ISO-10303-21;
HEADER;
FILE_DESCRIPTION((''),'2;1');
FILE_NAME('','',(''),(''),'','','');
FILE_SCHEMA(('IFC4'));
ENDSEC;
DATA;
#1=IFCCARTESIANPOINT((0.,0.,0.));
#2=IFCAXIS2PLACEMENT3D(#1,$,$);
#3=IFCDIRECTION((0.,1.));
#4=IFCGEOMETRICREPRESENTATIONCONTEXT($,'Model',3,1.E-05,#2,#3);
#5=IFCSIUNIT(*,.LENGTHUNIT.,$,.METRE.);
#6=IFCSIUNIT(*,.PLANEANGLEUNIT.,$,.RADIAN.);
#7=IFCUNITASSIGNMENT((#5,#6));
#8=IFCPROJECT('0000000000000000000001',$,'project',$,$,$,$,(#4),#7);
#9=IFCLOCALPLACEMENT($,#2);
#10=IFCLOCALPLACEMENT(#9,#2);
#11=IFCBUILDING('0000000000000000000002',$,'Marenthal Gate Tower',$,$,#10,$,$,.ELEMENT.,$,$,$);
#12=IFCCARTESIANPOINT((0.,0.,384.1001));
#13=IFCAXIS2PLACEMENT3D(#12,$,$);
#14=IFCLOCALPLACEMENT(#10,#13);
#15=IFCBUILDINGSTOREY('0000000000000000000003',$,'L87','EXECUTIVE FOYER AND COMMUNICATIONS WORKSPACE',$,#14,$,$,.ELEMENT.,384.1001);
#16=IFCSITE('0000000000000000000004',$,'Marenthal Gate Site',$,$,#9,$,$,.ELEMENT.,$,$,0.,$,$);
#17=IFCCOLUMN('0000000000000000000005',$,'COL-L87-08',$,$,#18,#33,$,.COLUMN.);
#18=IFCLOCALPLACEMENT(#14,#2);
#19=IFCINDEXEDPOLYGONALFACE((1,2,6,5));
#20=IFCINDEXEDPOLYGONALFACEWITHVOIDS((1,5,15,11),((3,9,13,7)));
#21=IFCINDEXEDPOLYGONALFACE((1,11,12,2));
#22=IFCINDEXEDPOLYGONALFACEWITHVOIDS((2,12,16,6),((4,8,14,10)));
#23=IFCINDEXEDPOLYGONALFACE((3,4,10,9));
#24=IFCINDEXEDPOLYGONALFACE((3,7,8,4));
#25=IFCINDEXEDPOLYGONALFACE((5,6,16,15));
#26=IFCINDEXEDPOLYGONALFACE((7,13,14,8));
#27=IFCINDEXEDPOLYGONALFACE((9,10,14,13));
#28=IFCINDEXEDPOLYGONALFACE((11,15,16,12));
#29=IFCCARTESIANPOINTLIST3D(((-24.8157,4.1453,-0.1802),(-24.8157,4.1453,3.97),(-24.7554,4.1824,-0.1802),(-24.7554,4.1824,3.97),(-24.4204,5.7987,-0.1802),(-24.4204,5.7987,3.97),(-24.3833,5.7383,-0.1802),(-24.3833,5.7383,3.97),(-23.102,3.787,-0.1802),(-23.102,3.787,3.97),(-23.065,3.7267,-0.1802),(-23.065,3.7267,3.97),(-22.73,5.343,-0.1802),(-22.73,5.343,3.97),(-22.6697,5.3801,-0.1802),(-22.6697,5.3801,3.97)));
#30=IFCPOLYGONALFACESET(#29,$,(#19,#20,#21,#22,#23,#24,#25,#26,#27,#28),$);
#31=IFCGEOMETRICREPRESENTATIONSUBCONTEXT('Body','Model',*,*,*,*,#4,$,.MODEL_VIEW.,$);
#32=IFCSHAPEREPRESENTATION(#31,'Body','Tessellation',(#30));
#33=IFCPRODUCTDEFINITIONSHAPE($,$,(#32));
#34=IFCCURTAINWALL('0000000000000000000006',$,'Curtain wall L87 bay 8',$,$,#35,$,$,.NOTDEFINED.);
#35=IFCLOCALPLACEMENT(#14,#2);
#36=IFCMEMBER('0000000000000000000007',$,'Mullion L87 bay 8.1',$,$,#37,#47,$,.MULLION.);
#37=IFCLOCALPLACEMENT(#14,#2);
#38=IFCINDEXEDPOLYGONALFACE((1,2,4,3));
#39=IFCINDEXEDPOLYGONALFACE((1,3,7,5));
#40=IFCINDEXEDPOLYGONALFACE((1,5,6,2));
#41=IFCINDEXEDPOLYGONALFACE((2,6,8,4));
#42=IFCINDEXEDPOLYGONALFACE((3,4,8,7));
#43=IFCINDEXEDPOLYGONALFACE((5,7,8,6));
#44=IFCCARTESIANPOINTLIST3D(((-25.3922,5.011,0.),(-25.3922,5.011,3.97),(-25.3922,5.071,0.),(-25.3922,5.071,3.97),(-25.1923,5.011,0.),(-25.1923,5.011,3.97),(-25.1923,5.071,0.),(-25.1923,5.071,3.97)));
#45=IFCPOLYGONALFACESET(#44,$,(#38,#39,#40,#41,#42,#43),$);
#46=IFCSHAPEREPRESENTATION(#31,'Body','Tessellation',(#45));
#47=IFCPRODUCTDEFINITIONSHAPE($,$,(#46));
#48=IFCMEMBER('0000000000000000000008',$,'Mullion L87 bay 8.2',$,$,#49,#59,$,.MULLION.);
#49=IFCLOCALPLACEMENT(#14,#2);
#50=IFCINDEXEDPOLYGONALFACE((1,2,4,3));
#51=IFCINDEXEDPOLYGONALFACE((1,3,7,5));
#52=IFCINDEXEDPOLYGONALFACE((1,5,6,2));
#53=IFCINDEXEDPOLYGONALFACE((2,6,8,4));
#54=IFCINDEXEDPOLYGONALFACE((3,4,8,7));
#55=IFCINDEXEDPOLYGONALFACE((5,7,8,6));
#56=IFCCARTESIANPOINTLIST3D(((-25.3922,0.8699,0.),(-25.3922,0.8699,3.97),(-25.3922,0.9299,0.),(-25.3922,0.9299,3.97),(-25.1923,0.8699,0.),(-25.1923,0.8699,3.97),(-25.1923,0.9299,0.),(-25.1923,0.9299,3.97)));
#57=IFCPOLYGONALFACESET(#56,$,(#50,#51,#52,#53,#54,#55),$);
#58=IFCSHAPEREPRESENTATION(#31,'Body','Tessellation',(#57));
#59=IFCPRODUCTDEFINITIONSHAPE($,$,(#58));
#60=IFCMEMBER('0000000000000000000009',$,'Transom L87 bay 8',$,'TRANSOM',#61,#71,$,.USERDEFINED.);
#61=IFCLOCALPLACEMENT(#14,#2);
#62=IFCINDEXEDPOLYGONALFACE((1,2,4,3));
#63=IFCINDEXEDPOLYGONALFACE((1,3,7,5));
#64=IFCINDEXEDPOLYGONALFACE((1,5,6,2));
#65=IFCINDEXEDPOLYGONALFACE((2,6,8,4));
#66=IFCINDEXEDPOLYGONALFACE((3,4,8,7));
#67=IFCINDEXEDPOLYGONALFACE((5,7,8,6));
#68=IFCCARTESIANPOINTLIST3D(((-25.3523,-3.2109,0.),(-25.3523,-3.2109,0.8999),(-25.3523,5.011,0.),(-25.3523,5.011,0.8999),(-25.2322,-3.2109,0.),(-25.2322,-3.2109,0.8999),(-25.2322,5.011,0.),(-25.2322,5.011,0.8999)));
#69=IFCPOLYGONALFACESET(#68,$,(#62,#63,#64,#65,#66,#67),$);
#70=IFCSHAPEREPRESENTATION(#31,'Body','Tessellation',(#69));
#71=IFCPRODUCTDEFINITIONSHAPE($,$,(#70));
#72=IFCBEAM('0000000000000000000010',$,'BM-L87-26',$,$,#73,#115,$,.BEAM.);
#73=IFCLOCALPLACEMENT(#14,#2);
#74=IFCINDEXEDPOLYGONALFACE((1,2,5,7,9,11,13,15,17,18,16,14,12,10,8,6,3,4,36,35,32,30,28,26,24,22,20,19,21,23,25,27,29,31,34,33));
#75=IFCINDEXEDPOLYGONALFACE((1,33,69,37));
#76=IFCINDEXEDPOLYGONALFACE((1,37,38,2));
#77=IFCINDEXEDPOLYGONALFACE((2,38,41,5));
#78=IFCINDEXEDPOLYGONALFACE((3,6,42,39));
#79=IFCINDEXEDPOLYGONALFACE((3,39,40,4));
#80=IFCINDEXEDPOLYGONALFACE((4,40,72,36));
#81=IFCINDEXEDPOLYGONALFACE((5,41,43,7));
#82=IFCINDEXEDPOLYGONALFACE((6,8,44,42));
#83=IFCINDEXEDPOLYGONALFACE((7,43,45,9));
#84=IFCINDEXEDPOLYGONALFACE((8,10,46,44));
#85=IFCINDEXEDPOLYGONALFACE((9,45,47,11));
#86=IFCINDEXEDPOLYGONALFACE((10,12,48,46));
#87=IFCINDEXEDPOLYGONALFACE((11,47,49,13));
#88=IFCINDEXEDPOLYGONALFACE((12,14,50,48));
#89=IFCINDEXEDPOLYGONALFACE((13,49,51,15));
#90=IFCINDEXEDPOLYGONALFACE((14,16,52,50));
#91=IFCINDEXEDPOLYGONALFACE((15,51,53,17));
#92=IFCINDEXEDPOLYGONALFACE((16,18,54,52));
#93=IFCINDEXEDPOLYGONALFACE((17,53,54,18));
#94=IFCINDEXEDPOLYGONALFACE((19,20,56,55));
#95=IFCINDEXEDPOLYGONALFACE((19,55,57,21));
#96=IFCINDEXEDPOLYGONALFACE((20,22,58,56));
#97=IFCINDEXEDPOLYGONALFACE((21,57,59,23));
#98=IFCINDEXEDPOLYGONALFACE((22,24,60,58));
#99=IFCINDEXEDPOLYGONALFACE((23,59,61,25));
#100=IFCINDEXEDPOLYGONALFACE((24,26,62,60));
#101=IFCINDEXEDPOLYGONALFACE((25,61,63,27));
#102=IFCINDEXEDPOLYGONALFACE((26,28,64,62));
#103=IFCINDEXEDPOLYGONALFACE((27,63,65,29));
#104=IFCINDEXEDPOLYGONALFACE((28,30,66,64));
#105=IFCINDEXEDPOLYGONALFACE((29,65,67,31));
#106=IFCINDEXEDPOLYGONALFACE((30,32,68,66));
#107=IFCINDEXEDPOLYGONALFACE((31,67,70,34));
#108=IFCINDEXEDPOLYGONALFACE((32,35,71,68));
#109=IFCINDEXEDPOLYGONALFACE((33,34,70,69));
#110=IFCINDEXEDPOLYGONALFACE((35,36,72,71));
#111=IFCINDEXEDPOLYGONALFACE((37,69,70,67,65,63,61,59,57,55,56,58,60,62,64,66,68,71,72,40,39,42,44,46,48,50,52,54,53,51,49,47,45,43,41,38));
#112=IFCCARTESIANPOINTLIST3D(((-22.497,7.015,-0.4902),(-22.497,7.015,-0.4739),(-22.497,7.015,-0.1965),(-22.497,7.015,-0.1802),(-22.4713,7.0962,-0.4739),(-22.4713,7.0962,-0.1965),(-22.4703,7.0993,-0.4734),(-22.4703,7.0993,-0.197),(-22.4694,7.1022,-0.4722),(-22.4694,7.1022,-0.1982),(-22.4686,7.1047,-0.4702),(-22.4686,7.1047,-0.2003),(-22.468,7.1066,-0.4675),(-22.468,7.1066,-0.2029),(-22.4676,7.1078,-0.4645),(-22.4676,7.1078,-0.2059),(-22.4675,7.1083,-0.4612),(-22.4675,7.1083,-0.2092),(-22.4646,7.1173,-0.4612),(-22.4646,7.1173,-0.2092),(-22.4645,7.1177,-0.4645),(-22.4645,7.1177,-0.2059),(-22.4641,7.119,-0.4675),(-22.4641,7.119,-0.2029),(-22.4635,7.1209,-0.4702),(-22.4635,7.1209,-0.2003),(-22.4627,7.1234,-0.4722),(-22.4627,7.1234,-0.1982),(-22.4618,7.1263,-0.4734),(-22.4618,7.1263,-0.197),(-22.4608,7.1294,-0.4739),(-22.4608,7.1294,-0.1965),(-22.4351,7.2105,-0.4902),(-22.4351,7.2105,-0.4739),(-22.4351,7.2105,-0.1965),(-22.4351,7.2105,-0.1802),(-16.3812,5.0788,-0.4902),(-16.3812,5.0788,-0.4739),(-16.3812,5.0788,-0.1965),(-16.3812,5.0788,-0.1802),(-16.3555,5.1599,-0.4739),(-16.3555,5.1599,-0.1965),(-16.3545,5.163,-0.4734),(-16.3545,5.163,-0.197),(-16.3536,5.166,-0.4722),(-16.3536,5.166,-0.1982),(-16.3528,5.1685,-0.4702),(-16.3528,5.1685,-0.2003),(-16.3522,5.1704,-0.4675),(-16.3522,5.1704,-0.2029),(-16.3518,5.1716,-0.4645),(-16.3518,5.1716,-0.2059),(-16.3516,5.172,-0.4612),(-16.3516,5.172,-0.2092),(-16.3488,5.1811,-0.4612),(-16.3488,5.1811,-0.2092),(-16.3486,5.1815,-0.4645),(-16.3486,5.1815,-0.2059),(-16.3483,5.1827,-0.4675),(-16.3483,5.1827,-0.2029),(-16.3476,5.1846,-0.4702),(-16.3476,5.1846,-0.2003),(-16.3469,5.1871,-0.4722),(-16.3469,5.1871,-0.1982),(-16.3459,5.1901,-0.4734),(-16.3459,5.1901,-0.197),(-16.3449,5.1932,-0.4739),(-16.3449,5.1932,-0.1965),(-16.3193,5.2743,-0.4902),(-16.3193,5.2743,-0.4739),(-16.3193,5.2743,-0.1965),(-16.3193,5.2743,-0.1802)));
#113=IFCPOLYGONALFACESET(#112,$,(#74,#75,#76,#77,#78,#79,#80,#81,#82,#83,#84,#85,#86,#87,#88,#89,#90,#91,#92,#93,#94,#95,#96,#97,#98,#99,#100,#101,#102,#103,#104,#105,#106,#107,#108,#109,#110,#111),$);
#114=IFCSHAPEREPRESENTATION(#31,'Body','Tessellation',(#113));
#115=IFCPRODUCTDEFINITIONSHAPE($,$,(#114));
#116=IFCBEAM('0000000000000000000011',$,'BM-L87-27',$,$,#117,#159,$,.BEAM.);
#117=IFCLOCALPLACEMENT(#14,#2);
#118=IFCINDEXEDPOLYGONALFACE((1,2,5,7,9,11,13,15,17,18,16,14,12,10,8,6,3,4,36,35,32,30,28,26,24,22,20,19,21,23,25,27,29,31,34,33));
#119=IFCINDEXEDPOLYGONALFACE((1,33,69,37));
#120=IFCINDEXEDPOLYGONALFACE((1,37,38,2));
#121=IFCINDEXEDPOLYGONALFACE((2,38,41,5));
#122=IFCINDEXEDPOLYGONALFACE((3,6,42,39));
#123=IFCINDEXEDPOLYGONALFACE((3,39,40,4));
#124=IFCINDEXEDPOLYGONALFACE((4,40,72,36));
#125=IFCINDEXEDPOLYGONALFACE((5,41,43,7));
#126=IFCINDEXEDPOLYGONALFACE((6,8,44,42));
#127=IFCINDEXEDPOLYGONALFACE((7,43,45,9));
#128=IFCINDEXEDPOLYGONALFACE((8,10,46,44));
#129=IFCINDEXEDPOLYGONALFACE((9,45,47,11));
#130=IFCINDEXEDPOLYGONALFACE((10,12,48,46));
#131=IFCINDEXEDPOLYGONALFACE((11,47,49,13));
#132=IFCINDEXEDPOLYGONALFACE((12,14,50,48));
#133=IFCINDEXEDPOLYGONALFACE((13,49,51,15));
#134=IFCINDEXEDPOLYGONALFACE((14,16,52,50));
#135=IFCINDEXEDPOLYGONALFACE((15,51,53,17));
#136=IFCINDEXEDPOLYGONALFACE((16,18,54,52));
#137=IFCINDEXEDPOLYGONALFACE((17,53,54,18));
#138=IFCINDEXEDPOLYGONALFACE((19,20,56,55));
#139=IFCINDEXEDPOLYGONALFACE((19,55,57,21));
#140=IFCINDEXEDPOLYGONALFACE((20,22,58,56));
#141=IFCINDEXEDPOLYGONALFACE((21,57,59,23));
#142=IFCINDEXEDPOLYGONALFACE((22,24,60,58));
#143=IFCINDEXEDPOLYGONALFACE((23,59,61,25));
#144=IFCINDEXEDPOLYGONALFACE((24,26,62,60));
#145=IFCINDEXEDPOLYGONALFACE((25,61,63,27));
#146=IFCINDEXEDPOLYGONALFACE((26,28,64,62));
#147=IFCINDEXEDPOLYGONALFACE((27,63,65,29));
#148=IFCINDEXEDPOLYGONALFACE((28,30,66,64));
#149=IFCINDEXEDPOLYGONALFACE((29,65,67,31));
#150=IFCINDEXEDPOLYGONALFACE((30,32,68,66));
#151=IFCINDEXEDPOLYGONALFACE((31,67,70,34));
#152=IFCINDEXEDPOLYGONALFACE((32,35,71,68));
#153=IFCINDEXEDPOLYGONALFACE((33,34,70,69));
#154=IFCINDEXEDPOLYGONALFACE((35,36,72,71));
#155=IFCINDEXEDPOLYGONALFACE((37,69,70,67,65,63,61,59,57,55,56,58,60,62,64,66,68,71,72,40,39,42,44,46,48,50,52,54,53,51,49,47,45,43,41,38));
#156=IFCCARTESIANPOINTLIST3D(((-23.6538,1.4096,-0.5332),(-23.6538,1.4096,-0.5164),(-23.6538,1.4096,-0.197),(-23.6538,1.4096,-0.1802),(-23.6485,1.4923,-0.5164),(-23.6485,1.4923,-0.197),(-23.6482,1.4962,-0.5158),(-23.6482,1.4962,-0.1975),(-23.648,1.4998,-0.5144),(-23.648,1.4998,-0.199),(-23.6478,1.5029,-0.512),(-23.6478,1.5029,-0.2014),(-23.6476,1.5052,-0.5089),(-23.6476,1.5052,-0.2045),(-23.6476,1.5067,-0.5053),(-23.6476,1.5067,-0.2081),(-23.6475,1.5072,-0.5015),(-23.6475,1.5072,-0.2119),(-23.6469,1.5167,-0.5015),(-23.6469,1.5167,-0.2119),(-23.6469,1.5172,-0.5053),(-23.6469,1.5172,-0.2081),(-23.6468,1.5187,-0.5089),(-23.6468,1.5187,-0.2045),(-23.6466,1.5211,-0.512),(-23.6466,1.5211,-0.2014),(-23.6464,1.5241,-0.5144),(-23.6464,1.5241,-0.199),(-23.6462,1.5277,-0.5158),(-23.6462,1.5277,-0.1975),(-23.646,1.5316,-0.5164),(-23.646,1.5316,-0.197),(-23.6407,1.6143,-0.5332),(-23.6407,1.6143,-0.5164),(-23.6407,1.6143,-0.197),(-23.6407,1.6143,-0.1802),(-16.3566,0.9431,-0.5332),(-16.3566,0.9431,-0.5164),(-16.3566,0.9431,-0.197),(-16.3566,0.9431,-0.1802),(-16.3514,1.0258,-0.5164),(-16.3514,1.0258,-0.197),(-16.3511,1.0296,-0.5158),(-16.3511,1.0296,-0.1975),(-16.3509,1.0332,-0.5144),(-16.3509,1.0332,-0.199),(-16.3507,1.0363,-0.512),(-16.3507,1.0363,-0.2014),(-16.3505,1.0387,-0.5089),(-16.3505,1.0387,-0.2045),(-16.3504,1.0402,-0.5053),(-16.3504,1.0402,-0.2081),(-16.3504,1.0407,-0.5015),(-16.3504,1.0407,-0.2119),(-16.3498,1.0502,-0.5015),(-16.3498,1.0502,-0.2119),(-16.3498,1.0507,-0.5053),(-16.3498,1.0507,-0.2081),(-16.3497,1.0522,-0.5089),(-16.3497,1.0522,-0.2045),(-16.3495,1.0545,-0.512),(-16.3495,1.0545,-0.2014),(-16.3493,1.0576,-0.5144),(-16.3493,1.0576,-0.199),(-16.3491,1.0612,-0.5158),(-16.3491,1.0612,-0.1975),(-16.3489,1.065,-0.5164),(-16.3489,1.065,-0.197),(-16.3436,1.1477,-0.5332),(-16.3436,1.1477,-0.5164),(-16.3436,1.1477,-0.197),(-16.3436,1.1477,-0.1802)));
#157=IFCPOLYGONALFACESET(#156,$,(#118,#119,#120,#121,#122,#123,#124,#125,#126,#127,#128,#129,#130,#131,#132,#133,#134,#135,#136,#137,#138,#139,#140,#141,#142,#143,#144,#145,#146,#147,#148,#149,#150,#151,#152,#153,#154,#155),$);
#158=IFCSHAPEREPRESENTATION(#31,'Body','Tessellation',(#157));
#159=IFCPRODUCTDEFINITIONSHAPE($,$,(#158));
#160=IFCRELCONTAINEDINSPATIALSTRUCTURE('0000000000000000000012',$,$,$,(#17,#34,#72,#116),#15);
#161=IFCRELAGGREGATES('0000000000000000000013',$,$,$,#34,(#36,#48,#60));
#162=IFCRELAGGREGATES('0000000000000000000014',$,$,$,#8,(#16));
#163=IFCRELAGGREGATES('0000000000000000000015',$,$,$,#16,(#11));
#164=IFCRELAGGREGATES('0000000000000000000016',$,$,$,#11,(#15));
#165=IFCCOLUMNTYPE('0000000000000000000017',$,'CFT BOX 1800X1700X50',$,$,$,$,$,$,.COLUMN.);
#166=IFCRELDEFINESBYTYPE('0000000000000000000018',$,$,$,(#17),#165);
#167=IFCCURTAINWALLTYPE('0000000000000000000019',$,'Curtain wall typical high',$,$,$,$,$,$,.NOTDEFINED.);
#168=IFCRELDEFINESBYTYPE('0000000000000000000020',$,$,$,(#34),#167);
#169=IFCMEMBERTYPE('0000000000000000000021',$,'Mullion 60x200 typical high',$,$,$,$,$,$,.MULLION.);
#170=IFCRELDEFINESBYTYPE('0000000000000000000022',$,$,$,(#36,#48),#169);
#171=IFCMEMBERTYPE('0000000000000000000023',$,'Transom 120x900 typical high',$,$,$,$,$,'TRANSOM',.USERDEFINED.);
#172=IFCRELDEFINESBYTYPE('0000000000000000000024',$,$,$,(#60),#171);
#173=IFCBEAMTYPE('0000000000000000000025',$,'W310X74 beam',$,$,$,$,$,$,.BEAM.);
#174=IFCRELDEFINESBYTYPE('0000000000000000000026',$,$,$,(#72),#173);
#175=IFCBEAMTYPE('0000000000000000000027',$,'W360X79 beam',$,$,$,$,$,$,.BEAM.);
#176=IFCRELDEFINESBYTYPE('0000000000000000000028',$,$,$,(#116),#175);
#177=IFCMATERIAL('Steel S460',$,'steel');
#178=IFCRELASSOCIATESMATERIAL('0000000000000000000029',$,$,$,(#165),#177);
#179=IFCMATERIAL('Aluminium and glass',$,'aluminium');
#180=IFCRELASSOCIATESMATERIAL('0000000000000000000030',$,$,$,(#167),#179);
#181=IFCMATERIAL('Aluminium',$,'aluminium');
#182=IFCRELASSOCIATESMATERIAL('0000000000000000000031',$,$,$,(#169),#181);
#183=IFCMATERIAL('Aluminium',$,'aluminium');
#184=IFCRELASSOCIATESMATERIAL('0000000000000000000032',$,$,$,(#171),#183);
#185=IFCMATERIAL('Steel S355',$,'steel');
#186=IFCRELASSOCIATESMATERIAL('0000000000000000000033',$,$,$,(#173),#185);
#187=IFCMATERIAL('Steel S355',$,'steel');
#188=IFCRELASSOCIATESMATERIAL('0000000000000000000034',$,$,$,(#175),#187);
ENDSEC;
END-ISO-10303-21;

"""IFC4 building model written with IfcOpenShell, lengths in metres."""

from ifc_helpers import new_model, si_unit, direction, frame, origin, origin_2d, place, context, subcontext, project, spatial, rectangle, hollow_rectangle, i_section, extrude, material, material_profile, profile_set, type_object, element, aggregate, save


model = new_model("IFC4")

# Units and contexts
model_context = context("Model", 3, precision=1e-05, world=origin(), true_north=direction((0.0, 1.0)))
body_context = subcontext(model_context, "Body", "Model", "MODEL_VIEW")
ifc_project = project(units=[si_unit("LENGTHUNIT", "METRE"), si_unit("PLANEANGLEUNIT", "RADIAN")], contexts=[model_context])

# Site, building, storey
site_placement = place(None, origin())
site = spatial("IfcSite", under=ifc_project, at=site_placement, Name="Marenthal Gate Site", CompositionType="ELEMENT", RefElevation=0.0)
building_placement = place(site_placement, origin())
building = spatial("IfcBuilding", under=site, at=building_placement, Name="Marenthal Gate Tower", CompositionType="ELEMENT")
storey_placement = place(building_placement, frame((0.0, 0.0, 384.1001)))
storey = spatial("IfcBuildingStorey", under=building, at=storey_placement, Name="L87", Description="EXECUTIVE FOYER AND COMMUNICATIONS WORKSPACE", CompositionType="ELEMENT", Elevation=384.1001)

# Column
ifc_material_1 = material(Name="Steel S460", Category="steel")
ifc_material_profile_1 = material_profile(ifc_material_1, hollow_rectangle(XDim=1.7, YDim=1.8, WallThickness=0.05, at=origin_2d()), Name="CFT BOX 1800X1700X50")
ifc_material_2 = material(Name="Concrete 70 MPa", Category="concrete")
ifc_material_profile_2 = material_profile(ifc_material_2, rectangle(XDim=1.6001, YDim=1.7, at=origin_2d()), Name="CFT BOX 1800X1700X50 INFILL")
ifc_profile_set_1 = profile_set([ifc_material_profile_1, ifc_material_profile_2], Name="Steel S460 shell, Concrete 70 MPa infill")
column_type = type_object("IfcColumnType", Name="CFT BOX 1800X1700X50", PredefinedType="COLUMN", material=ifc_profile_set_1)
column_placement = place(storey_placement, frame((-23.7427, 4.7627, -0.1802), z_axis=(0.0, 0.0, 1.0), x_axis=(0.232542, 0.972586, 0.0)))
element("IfcColumn", 1, at=column_placement, inside=storey, type_object=column_type, Name="COL-L87-08", PredefinedType="COLUMN", context=body_context, shape_type="SweptSolid", body=[
    extrude(hollow_rectangle(XDim=1.7, YDim=1.8, WallThickness=0.05, at=origin_2d()), origin(), (0.0, 0.0, 1.0), 4.1501),
])

# Curtain wall, members
ifc_material_3 = material(Name="Aluminium and glass", Category="aluminium")
curtain_wall_type = type_object("IfcCurtainWallType", Name="Curtain wall typical high", PredefinedType="NOTDEFINED", material=ifc_material_3)
curtain_wall_placement = place(storey_placement, origin())
curtain_wall = element("IfcCurtainWall", 2, at=curtain_wall_placement, inside=storey, type_object=curtain_wall_type, Name="Curtain wall L87 bay 8", PredefinedType="NOTDEFINED")
ifc_material_4 = material(Name="Aluminium", Category="aluminium")
ifc_material_profile_3 = material_profile(ifc_material_4, rectangle(XDim=0.2, YDim=0.0601, at=origin_2d()), Name="60x200 aluminium mullion")
ifc_profile_set_2 = profile_set([ifc_material_profile_3], Name="Aluminium")
member_type_1 = type_object("IfcMemberType", Name="Mullion 60x200 typical high", PredefinedType="MULLION", material=ifc_profile_set_2)
member_1_placement = place(storey_placement, frame((-25.2922, 5.041, 0.0), z_axis=(0.0, 0.0, 1.0), x_axis=(1.0, 0.0, 0.0)))
member_1 = element("IfcMember", 3, at=member_1_placement, type_object=member_type_1, Name="Mullion L87 bay 8.1", PredefinedType="MULLION", context=body_context, shape_type="SweptSolid", body=[
    extrude(rectangle(XDim=0.2, YDim=0.0601, at=origin_2d()), origin(), (0.0, 0.0, 1.0), 3.97),
])
member_2_placement = place(storey_placement, frame((-25.2922, 0.8999, 0.0), z_axis=(0.0, 0.0, 1.0), x_axis=(1.0, 0.0, 0.0)))
member_2 = element("IfcMember", 4, at=member_2_placement, type_object=member_type_1, Name="Mullion L87 bay 8.2", PredefinedType="MULLION", context=body_context, shape_type="SweptSolid", body=[
    extrude(rectangle(XDim=0.2, YDim=0.0601, at=origin_2d()), origin(), (0.0, 0.0, 1.0), 3.97),
])
ifc_material_5 = material(Name="Aluminium", Category="aluminium")
ifc_material_profile_4 = material_profile(ifc_material_5, rectangle(XDim=0.1201, YDim=0.8999, at=origin_2d()), Name="120x900 aluminium transom")
ifc_profile_set_3 = profile_set([ifc_material_profile_4], Name="Aluminium")
member_type_2 = type_object("IfcMemberType", Name="Transom 120x900 typical high", ElementType="TRANSOM", PredefinedType="USERDEFINED", material=ifc_profile_set_3)
member_3_placement = place(storey_placement, frame((-25.2922, 5.011, 0.45), z_axis=(0.0, -1.0, 0.0), x_axis=(1.0, 0.0, 0.0)))
member_3 = element("IfcMember", 5, at=member_3_placement, type_object=member_type_2, Name="Transom L87 bay 8", ObjectType="TRANSOM", PredefinedType="USERDEFINED", context=body_context, shape_type="SweptSolid", body=[
    extrude(rectangle(XDim=0.1201, YDim=0.8999, at=origin_2d()), origin(), (0.0, 0.0, 1.0), 8.2219),
])

# Beams
ifc_material_6 = material(Name="Steel S355", Category="steel")
ifc_material_profile_5 = material_profile(ifc_material_6, i_section(OverallWidth=0.2051, OverallDepth=0.3101, WebThickness=0.0095, FlangeThickness=0.0164, FilletRadius=0.0127, at=origin_2d()), Name="W310X74")
ifc_profile_set_4 = profile_set([ifc_material_profile_5], Name="Steel S355")
beam_type_1 = type_object("IfcBeamType", Name="W310X74 beam", PredefinedType="BEAM", material=ifc_profile_set_4)
beam_1_placement = place(storey_placement, frame((-22.4661, 7.1128, -0.3352), z_axis=(0.953362, -0.301829, 0.0), x_axis=(0.301829, 0.953362, 0.0)))
element("IfcBeam", 6, at=beam_1_placement, inside=storey, type_object=beam_type_1, Name="BM-L87-26", PredefinedType="BEAM", context=body_context, shape_type="SweptSolid", body=[
    extrude(i_section(OverallWidth=0.2051, OverallDepth=0.3101, WebThickness=0.0095, FlangeThickness=0.0164, FilletRadius=0.0127, at=origin_2d()), origin(), (0.0, 0.0, 1.0), 6.415),
])
ifc_material_7 = material(Name="Steel S355", Category="steel")
ifc_material_profile_6 = material_profile(ifc_material_7, i_section(OverallWidth=0.2051, OverallDepth=0.353, WebThickness=0.0095, FlangeThickness=0.0168, FilletRadius=0.0149, at=origin_2d()), Name="W360X79")
ifc_profile_set_5 = profile_set([ifc_material_profile_6], Name="Steel S355")
beam_type_2 = type_object("IfcBeamType", Name="W360X79 beam", PredefinedType="BEAM", material=ifc_profile_set_5)
beam_2_placement = place(storey_placement, frame((-23.6472, 1.512, -0.3567), z_axis=(0.997962, -0.063806, 0.0), x_axis=(0.063806, 0.997962, 0.0)))
element("IfcBeam", 7, at=beam_2_placement, inside=storey, type_object=beam_type_2, Name="BM-L87-27", PredefinedType="BEAM", context=body_context, shape_type="SweptSolid", body=[
    extrude(i_section(OverallWidth=0.2051, OverallDepth=0.353, WebThickness=0.0095, FlangeThickness=0.0168, FilletRadius=0.0149, at=origin_2d()), origin(), (0.0, 0.0, 1.0), 7.312),
])

aggregate(curtain_wall, [member_1, member_2, member_3])

save(model, "model.ifc")
